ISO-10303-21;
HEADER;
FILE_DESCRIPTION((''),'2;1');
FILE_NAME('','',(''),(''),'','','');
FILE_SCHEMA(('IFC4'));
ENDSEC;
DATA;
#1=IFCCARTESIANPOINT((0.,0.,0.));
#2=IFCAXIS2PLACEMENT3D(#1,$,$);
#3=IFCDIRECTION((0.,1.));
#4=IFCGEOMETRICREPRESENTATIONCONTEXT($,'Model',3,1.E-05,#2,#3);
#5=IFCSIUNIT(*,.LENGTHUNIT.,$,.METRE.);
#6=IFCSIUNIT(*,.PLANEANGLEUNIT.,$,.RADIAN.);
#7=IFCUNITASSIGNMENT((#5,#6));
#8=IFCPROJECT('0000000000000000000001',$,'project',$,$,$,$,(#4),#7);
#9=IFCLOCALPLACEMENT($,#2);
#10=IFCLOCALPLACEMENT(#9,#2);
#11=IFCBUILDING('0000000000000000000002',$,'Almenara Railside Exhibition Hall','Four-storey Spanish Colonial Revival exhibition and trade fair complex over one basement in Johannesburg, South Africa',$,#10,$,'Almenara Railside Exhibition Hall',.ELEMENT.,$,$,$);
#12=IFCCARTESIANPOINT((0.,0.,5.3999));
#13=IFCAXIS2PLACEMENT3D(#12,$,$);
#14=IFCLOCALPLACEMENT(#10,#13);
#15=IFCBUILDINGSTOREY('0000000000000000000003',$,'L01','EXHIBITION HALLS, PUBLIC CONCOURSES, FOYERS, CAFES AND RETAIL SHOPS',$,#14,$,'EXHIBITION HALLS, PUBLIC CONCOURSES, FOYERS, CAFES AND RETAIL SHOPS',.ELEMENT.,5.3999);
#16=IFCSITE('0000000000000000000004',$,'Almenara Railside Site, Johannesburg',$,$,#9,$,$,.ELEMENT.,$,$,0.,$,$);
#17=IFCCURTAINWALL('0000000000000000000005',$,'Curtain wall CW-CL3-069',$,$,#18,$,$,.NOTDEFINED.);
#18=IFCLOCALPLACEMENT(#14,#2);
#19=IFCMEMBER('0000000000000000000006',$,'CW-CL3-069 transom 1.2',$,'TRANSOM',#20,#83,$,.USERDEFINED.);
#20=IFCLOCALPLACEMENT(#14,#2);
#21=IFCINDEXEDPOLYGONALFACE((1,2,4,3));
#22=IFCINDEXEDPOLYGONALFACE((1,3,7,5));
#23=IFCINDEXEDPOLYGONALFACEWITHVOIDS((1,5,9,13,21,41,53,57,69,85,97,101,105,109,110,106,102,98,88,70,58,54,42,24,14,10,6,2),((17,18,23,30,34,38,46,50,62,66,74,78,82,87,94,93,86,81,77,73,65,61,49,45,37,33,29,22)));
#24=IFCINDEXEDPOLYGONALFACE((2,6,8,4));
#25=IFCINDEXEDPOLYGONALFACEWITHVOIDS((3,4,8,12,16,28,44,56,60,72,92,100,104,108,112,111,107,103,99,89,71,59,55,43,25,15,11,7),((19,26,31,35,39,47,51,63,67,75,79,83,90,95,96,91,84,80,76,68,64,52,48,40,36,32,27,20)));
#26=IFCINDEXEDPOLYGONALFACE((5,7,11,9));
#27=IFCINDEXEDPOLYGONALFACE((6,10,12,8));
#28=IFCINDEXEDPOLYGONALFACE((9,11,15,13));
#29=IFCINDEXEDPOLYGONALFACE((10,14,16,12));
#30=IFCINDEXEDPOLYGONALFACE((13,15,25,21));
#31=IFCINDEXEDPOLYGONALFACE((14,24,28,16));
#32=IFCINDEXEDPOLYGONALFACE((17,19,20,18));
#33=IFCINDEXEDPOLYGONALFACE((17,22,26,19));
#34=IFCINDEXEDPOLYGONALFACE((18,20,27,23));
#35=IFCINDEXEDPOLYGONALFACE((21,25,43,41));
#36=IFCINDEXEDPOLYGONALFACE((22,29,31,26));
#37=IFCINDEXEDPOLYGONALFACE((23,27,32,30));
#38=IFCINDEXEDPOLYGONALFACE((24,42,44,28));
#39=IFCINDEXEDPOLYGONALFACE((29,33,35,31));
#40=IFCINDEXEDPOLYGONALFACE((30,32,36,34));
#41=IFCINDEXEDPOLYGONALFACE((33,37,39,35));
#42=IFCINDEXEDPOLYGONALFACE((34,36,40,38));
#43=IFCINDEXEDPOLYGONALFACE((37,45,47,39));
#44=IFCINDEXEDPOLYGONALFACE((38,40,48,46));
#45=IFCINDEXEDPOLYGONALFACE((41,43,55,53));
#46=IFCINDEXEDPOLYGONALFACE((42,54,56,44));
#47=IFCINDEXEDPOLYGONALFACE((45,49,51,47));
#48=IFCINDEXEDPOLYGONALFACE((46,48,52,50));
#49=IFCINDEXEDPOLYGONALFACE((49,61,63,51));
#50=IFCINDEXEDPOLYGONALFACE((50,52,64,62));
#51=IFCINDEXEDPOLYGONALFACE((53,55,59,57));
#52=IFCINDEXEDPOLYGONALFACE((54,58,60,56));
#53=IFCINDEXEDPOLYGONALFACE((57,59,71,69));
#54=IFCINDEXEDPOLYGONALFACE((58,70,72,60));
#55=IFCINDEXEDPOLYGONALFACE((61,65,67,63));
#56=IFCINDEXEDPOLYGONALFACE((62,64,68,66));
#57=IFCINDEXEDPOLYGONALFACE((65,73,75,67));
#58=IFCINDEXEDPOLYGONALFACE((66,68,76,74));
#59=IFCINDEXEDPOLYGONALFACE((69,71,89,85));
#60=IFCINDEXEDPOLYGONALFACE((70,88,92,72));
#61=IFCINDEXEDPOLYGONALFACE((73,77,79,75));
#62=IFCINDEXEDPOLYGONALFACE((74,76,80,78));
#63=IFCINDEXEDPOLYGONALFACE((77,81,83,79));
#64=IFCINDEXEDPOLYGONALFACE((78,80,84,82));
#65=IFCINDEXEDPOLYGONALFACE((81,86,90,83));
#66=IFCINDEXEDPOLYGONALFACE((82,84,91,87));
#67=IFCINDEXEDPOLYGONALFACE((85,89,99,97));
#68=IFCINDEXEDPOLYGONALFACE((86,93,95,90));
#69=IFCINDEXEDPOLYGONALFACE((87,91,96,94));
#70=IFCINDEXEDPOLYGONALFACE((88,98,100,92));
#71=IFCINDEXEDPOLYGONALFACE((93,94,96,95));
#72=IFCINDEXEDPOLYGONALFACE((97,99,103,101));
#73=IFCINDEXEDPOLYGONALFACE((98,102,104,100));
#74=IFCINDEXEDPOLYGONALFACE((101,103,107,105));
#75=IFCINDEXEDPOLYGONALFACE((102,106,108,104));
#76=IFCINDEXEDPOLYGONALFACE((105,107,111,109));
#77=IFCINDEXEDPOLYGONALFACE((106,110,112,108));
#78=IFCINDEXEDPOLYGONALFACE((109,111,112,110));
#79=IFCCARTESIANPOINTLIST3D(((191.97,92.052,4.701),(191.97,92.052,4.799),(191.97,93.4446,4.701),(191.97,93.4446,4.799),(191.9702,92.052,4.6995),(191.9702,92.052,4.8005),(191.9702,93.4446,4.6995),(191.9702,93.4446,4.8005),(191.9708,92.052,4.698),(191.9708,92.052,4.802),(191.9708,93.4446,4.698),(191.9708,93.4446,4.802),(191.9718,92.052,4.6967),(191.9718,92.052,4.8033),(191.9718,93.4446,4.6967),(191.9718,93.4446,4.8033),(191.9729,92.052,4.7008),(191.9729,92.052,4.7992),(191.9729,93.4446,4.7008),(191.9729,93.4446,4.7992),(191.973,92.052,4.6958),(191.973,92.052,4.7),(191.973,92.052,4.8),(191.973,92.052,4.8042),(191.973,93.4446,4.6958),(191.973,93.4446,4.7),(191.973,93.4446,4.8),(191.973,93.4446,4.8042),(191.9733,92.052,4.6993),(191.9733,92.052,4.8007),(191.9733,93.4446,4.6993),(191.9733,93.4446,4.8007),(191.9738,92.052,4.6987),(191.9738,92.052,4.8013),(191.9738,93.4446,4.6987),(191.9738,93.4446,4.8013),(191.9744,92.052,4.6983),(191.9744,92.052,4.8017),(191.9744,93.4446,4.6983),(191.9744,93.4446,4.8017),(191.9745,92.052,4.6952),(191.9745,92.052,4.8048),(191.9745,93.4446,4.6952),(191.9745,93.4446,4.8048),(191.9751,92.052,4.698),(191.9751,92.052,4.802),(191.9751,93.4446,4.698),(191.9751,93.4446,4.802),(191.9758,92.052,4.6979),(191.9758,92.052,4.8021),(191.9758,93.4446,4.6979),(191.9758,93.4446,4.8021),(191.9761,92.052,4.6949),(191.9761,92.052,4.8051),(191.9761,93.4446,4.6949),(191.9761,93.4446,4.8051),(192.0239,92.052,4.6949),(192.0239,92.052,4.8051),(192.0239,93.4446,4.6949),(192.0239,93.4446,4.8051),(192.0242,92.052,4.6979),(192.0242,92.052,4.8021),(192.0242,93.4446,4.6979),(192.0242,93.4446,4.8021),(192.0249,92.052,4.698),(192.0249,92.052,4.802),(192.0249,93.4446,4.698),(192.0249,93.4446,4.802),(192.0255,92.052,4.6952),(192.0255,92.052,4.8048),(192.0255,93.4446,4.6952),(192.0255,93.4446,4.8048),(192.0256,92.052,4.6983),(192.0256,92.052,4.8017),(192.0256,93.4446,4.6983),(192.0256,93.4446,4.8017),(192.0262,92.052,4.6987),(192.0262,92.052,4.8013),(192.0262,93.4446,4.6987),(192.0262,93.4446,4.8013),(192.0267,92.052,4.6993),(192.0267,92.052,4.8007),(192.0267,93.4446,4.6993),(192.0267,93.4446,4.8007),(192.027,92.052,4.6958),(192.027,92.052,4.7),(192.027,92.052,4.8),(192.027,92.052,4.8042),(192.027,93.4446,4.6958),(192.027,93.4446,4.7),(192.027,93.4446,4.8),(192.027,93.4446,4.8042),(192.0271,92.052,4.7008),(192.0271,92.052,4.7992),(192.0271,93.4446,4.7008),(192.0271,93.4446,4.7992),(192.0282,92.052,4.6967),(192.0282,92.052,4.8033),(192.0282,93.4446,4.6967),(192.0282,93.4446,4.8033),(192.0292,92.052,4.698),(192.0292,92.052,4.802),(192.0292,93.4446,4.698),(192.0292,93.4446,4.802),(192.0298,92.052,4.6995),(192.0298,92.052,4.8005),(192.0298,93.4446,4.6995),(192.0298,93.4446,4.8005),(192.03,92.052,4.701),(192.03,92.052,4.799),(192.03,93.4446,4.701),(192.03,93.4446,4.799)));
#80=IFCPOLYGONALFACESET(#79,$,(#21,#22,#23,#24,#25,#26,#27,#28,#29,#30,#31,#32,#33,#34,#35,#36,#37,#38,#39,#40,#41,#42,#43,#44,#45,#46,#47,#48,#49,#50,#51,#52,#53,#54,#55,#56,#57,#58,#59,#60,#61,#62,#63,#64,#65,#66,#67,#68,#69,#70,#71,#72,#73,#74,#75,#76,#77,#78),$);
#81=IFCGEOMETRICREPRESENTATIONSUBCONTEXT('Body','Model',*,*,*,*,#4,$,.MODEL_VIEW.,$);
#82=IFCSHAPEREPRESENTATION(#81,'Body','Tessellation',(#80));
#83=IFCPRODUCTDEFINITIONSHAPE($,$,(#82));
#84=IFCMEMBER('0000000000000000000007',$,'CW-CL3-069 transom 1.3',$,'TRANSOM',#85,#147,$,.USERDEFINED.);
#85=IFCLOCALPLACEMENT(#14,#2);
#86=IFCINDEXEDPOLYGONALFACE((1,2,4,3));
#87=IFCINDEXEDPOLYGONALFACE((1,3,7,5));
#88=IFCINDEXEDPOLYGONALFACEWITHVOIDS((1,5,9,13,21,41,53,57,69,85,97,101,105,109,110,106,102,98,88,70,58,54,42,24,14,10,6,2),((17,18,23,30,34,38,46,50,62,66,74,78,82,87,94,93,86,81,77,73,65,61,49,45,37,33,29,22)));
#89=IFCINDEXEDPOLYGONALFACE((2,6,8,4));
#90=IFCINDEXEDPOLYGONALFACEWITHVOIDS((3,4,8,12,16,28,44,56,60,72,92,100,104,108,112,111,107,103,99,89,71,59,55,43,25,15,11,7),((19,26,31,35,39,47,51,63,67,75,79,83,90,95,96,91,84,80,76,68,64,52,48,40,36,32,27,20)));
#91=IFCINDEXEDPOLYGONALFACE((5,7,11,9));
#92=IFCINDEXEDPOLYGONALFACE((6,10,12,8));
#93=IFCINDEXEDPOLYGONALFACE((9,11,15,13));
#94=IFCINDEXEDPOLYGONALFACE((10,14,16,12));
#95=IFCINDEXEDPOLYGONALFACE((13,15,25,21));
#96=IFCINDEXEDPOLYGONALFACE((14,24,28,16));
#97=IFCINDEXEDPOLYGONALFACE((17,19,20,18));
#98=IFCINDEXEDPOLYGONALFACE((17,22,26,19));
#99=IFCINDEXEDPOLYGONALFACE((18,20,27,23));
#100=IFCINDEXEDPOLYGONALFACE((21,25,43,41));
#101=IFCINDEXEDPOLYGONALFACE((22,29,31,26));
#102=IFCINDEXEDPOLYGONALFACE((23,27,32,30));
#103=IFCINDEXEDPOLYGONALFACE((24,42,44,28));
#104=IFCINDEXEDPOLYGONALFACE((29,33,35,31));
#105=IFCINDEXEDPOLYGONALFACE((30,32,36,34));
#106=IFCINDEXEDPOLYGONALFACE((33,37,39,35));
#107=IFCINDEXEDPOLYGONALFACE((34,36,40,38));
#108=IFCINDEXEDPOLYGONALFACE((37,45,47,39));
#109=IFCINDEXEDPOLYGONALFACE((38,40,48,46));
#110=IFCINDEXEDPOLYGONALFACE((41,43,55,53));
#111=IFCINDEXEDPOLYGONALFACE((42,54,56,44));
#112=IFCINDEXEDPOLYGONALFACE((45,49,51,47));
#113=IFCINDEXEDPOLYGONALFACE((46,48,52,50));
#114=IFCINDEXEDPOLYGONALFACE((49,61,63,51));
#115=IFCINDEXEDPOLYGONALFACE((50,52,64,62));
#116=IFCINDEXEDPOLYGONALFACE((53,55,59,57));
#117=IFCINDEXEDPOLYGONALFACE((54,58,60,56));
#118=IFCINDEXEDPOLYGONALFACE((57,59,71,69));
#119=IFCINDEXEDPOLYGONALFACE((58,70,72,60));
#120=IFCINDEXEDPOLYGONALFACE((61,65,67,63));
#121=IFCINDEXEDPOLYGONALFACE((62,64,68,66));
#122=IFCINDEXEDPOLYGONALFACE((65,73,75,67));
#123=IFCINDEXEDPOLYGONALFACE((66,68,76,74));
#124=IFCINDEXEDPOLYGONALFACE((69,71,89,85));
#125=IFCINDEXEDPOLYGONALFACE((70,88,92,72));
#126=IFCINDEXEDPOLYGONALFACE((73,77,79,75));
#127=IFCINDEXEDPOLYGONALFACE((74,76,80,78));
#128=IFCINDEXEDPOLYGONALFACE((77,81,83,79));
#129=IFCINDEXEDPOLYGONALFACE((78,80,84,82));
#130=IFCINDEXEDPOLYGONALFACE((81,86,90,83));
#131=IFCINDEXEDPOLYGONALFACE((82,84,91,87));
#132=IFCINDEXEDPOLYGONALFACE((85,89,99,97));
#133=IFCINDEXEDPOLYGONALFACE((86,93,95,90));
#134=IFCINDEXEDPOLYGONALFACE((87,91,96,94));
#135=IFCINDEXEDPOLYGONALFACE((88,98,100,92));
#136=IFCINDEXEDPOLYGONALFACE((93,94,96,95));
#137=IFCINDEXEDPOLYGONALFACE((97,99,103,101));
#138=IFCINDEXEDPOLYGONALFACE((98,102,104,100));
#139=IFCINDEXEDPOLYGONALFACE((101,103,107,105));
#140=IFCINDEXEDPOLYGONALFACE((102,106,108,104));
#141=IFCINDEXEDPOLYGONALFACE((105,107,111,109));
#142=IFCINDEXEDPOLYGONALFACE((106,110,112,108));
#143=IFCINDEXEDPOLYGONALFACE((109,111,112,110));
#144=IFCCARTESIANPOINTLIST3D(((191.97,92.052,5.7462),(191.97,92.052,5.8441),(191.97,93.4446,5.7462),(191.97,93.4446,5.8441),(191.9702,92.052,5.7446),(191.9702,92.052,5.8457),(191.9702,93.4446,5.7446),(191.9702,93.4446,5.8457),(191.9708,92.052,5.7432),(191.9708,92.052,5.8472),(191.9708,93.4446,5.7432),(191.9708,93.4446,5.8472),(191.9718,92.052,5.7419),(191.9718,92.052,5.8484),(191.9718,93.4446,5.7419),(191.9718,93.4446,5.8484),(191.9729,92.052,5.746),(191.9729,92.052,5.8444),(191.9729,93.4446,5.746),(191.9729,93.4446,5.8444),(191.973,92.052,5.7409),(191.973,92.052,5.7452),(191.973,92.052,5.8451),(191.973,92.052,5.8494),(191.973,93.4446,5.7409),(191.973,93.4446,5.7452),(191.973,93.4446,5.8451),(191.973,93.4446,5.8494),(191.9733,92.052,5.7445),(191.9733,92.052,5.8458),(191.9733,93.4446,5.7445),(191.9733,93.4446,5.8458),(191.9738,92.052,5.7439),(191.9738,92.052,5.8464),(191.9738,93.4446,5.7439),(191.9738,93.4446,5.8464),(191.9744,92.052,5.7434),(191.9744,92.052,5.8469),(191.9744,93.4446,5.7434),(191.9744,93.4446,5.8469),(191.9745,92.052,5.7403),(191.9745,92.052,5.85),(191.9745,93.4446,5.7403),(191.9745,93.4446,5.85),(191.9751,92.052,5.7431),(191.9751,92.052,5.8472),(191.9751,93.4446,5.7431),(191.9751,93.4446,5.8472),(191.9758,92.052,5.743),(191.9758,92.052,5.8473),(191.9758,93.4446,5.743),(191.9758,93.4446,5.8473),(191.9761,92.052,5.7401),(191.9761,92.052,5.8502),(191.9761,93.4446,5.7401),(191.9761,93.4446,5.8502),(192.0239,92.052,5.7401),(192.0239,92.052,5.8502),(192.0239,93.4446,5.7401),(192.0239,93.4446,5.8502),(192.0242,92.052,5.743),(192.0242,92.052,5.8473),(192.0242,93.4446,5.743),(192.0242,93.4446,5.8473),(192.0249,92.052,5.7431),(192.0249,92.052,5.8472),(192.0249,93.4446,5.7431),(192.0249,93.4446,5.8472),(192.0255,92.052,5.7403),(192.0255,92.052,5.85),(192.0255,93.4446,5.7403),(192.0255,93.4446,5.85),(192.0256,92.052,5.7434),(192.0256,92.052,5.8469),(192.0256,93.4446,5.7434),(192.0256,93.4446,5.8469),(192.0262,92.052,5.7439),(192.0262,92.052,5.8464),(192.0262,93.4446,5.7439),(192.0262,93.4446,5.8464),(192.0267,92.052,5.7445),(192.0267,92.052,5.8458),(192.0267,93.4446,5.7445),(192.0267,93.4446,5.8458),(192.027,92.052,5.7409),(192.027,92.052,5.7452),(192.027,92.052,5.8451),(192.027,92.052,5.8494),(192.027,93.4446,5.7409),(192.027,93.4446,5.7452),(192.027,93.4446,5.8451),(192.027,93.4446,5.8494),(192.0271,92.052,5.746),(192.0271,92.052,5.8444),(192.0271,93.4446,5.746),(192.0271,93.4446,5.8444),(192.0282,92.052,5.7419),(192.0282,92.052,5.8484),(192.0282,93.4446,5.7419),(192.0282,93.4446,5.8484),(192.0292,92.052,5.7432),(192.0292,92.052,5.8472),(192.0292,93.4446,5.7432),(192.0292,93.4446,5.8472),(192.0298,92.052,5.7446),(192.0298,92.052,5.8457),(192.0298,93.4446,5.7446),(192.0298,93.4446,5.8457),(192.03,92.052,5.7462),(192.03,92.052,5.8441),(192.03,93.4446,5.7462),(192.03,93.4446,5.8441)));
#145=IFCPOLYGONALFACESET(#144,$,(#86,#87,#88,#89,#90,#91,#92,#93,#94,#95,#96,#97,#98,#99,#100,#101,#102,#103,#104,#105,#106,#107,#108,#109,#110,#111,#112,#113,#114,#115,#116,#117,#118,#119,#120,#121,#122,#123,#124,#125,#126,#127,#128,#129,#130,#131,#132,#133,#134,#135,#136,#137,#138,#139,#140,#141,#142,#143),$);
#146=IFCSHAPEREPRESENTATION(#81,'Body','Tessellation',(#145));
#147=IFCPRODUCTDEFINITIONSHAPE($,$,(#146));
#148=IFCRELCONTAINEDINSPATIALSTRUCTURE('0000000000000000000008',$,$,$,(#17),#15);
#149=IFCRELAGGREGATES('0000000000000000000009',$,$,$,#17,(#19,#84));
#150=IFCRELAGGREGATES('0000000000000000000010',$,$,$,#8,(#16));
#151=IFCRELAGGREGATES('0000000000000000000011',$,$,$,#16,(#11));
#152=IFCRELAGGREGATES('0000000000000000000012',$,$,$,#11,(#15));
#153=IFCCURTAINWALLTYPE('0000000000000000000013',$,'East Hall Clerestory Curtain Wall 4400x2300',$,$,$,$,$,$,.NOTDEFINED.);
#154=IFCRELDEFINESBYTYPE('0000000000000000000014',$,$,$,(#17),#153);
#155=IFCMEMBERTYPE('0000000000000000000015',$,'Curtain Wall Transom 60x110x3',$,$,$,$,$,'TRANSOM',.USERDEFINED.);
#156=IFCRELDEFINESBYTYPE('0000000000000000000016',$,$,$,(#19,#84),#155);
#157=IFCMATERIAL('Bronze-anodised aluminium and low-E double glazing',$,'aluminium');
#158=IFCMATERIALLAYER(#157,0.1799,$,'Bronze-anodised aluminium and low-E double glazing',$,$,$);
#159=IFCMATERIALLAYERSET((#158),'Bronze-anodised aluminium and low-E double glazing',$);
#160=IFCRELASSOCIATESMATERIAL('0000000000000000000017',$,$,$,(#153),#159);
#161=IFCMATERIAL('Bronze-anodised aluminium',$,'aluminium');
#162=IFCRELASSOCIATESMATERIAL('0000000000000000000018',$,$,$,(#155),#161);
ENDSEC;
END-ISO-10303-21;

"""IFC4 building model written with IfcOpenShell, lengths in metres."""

from ifc_helpers import new_model, si_unit, direction, frame, origin, origin_2d, place, context, subcontext, project, spatial, hollow_rectangle, extrude, material, layer, layer_set, material_profile, profile_set, type_object, element, aggregate, save


model = new_model("IFC4")

# Units and contexts
model_context = context("Model", 3, precision=1e-05, world=origin(), true_north=direction((0.0, 1.0)))
body_context = subcontext(model_context, "Body", "Model", "MODEL_VIEW")
ifc_project = project(units=[si_unit("LENGTHUNIT", "METRE"), si_unit("PLANEANGLEUNIT", "RADIAN")], contexts=[model_context])

# Site, building, storey
site_placement = place(None, origin())
site = spatial("IfcSite", under=ifc_project, at=site_placement, Name="Almenara Railside Site, Johannesburg", CompositionType="ELEMENT", RefElevation=0.0)
building_placement = place(site_placement, origin())
building = spatial("IfcBuilding", under=site, at=building_placement, Name="Almenara Railside Exhibition Hall", Description="Four-storey Spanish Colonial Revival exhibition and trade fair complex over one basement in Johannesburg, South Africa", LongName="Almenara Railside Exhibition Hall", CompositionType="ELEMENT")
storey_placement = place(building_placement, frame((0.0, 0.0, 5.3999)))
storey = spatial("IfcBuildingStorey", under=building, at=storey_placement, Name="L01", Description="EXHIBITION HALLS, PUBLIC CONCOURSES, FOYERS, CAFES AND RETAIL SHOPS", LongName="EXHIBITION HALLS, PUBLIC CONCOURSES, FOYERS, CAFES AND RETAIL SHOPS", CompositionType="ELEMENT", Elevation=5.3999)

# Curtain wall, members
ifc_material_1 = material(Name="Bronze-anodised aluminium and low-E double glazing", Category="aluminium")
ifc_layer_1 = layer(ifc_material_1, 0.1799, Name="Bronze-anodised aluminium and low-E double glazing")
ifc_layer_set_1 = layer_set([ifc_layer_1], Name="Bronze-anodised aluminium and low-E double glazing")
curtain_wall_type = type_object("IfcCurtainWallType", Name="East Hall Clerestory Curtain Wall 4400x2300", PredefinedType="NOTDEFINED", material=ifc_layer_set_1)
curtain_wall_placement = place(storey_placement, origin())
curtain_wall = element("IfcCurtainWall", 1, at=curtain_wall_placement, inside=storey, type_object=curtain_wall_type, Name="Curtain wall CW-CL3-069", PredefinedType="NOTDEFINED")
ifc_material_2 = material(Name="Bronze-anodised aluminium", Category="aluminium")
ifc_material_profile_1 = material_profile(ifc_material_2, hollow_rectangle(XDim=0.0601, YDim=0.1101, WallThickness=0.0029, InnerFilletRadius=0.0029, OuterFilletRadius=0.0061, at=origin_2d()), Name="ALU-TRN 60x110x3")
ifc_profile_set_1 = profile_set([ifc_material_profile_1], Name="Bronze-anodised aluminium")
member_type_1 = type_object("IfcMemberType", Name="Curtain Wall Transom 60x110x3", ElementType="TRANSOM", PredefinedType="USERDEFINED", material=ifc_profile_set_1)
member_1_placement = place(storey_placement, frame((192.0, 92.052, 4.75), z_axis=(0.0, 1.0, 0.0), x_axis=(-1.0, 0.0, 0.0)))
member_1 = element("IfcMember", 2, at=member_1_placement, type_object=member_type_1, Name="CW-CL3-069 transom 1.2", ObjectType="TRANSOM", PredefinedType="USERDEFINED", context=body_context, shape_type="SweptSolid", body=[
    extrude(hollow_rectangle(XDim=0.0601, YDim=0.1101, WallThickness=0.0029, InnerFilletRadius=0.0029, OuterFilletRadius=0.0061, at=origin_2d()), origin(), (0.0, 0.0, 1.0), 1.3926),
])
member_2_placement = place(storey_placement, frame((192.0, 92.052, 5.7952), z_axis=(0.0, 1.0, 0.0), x_axis=(-1.0, 0.0, 0.0)))
member_2 = element("IfcMember", 3, at=member_2_placement, type_object=member_type_1, Name="CW-CL3-069 transom 1.3", ObjectType="TRANSOM", PredefinedType="USERDEFINED", context=body_context, shape_type="SweptSolid", body=[
    extrude(hollow_rectangle(XDim=0.0601, YDim=0.1101, WallThickness=0.0029, InnerFilletRadius=0.0029, OuterFilletRadius=0.0061, at=origin_2d()), origin(), (0.0, 0.0, 1.0), 1.3926),
])

aggregate(curtain_wall, [member_1, member_2])

save(model, "model.ifc")
